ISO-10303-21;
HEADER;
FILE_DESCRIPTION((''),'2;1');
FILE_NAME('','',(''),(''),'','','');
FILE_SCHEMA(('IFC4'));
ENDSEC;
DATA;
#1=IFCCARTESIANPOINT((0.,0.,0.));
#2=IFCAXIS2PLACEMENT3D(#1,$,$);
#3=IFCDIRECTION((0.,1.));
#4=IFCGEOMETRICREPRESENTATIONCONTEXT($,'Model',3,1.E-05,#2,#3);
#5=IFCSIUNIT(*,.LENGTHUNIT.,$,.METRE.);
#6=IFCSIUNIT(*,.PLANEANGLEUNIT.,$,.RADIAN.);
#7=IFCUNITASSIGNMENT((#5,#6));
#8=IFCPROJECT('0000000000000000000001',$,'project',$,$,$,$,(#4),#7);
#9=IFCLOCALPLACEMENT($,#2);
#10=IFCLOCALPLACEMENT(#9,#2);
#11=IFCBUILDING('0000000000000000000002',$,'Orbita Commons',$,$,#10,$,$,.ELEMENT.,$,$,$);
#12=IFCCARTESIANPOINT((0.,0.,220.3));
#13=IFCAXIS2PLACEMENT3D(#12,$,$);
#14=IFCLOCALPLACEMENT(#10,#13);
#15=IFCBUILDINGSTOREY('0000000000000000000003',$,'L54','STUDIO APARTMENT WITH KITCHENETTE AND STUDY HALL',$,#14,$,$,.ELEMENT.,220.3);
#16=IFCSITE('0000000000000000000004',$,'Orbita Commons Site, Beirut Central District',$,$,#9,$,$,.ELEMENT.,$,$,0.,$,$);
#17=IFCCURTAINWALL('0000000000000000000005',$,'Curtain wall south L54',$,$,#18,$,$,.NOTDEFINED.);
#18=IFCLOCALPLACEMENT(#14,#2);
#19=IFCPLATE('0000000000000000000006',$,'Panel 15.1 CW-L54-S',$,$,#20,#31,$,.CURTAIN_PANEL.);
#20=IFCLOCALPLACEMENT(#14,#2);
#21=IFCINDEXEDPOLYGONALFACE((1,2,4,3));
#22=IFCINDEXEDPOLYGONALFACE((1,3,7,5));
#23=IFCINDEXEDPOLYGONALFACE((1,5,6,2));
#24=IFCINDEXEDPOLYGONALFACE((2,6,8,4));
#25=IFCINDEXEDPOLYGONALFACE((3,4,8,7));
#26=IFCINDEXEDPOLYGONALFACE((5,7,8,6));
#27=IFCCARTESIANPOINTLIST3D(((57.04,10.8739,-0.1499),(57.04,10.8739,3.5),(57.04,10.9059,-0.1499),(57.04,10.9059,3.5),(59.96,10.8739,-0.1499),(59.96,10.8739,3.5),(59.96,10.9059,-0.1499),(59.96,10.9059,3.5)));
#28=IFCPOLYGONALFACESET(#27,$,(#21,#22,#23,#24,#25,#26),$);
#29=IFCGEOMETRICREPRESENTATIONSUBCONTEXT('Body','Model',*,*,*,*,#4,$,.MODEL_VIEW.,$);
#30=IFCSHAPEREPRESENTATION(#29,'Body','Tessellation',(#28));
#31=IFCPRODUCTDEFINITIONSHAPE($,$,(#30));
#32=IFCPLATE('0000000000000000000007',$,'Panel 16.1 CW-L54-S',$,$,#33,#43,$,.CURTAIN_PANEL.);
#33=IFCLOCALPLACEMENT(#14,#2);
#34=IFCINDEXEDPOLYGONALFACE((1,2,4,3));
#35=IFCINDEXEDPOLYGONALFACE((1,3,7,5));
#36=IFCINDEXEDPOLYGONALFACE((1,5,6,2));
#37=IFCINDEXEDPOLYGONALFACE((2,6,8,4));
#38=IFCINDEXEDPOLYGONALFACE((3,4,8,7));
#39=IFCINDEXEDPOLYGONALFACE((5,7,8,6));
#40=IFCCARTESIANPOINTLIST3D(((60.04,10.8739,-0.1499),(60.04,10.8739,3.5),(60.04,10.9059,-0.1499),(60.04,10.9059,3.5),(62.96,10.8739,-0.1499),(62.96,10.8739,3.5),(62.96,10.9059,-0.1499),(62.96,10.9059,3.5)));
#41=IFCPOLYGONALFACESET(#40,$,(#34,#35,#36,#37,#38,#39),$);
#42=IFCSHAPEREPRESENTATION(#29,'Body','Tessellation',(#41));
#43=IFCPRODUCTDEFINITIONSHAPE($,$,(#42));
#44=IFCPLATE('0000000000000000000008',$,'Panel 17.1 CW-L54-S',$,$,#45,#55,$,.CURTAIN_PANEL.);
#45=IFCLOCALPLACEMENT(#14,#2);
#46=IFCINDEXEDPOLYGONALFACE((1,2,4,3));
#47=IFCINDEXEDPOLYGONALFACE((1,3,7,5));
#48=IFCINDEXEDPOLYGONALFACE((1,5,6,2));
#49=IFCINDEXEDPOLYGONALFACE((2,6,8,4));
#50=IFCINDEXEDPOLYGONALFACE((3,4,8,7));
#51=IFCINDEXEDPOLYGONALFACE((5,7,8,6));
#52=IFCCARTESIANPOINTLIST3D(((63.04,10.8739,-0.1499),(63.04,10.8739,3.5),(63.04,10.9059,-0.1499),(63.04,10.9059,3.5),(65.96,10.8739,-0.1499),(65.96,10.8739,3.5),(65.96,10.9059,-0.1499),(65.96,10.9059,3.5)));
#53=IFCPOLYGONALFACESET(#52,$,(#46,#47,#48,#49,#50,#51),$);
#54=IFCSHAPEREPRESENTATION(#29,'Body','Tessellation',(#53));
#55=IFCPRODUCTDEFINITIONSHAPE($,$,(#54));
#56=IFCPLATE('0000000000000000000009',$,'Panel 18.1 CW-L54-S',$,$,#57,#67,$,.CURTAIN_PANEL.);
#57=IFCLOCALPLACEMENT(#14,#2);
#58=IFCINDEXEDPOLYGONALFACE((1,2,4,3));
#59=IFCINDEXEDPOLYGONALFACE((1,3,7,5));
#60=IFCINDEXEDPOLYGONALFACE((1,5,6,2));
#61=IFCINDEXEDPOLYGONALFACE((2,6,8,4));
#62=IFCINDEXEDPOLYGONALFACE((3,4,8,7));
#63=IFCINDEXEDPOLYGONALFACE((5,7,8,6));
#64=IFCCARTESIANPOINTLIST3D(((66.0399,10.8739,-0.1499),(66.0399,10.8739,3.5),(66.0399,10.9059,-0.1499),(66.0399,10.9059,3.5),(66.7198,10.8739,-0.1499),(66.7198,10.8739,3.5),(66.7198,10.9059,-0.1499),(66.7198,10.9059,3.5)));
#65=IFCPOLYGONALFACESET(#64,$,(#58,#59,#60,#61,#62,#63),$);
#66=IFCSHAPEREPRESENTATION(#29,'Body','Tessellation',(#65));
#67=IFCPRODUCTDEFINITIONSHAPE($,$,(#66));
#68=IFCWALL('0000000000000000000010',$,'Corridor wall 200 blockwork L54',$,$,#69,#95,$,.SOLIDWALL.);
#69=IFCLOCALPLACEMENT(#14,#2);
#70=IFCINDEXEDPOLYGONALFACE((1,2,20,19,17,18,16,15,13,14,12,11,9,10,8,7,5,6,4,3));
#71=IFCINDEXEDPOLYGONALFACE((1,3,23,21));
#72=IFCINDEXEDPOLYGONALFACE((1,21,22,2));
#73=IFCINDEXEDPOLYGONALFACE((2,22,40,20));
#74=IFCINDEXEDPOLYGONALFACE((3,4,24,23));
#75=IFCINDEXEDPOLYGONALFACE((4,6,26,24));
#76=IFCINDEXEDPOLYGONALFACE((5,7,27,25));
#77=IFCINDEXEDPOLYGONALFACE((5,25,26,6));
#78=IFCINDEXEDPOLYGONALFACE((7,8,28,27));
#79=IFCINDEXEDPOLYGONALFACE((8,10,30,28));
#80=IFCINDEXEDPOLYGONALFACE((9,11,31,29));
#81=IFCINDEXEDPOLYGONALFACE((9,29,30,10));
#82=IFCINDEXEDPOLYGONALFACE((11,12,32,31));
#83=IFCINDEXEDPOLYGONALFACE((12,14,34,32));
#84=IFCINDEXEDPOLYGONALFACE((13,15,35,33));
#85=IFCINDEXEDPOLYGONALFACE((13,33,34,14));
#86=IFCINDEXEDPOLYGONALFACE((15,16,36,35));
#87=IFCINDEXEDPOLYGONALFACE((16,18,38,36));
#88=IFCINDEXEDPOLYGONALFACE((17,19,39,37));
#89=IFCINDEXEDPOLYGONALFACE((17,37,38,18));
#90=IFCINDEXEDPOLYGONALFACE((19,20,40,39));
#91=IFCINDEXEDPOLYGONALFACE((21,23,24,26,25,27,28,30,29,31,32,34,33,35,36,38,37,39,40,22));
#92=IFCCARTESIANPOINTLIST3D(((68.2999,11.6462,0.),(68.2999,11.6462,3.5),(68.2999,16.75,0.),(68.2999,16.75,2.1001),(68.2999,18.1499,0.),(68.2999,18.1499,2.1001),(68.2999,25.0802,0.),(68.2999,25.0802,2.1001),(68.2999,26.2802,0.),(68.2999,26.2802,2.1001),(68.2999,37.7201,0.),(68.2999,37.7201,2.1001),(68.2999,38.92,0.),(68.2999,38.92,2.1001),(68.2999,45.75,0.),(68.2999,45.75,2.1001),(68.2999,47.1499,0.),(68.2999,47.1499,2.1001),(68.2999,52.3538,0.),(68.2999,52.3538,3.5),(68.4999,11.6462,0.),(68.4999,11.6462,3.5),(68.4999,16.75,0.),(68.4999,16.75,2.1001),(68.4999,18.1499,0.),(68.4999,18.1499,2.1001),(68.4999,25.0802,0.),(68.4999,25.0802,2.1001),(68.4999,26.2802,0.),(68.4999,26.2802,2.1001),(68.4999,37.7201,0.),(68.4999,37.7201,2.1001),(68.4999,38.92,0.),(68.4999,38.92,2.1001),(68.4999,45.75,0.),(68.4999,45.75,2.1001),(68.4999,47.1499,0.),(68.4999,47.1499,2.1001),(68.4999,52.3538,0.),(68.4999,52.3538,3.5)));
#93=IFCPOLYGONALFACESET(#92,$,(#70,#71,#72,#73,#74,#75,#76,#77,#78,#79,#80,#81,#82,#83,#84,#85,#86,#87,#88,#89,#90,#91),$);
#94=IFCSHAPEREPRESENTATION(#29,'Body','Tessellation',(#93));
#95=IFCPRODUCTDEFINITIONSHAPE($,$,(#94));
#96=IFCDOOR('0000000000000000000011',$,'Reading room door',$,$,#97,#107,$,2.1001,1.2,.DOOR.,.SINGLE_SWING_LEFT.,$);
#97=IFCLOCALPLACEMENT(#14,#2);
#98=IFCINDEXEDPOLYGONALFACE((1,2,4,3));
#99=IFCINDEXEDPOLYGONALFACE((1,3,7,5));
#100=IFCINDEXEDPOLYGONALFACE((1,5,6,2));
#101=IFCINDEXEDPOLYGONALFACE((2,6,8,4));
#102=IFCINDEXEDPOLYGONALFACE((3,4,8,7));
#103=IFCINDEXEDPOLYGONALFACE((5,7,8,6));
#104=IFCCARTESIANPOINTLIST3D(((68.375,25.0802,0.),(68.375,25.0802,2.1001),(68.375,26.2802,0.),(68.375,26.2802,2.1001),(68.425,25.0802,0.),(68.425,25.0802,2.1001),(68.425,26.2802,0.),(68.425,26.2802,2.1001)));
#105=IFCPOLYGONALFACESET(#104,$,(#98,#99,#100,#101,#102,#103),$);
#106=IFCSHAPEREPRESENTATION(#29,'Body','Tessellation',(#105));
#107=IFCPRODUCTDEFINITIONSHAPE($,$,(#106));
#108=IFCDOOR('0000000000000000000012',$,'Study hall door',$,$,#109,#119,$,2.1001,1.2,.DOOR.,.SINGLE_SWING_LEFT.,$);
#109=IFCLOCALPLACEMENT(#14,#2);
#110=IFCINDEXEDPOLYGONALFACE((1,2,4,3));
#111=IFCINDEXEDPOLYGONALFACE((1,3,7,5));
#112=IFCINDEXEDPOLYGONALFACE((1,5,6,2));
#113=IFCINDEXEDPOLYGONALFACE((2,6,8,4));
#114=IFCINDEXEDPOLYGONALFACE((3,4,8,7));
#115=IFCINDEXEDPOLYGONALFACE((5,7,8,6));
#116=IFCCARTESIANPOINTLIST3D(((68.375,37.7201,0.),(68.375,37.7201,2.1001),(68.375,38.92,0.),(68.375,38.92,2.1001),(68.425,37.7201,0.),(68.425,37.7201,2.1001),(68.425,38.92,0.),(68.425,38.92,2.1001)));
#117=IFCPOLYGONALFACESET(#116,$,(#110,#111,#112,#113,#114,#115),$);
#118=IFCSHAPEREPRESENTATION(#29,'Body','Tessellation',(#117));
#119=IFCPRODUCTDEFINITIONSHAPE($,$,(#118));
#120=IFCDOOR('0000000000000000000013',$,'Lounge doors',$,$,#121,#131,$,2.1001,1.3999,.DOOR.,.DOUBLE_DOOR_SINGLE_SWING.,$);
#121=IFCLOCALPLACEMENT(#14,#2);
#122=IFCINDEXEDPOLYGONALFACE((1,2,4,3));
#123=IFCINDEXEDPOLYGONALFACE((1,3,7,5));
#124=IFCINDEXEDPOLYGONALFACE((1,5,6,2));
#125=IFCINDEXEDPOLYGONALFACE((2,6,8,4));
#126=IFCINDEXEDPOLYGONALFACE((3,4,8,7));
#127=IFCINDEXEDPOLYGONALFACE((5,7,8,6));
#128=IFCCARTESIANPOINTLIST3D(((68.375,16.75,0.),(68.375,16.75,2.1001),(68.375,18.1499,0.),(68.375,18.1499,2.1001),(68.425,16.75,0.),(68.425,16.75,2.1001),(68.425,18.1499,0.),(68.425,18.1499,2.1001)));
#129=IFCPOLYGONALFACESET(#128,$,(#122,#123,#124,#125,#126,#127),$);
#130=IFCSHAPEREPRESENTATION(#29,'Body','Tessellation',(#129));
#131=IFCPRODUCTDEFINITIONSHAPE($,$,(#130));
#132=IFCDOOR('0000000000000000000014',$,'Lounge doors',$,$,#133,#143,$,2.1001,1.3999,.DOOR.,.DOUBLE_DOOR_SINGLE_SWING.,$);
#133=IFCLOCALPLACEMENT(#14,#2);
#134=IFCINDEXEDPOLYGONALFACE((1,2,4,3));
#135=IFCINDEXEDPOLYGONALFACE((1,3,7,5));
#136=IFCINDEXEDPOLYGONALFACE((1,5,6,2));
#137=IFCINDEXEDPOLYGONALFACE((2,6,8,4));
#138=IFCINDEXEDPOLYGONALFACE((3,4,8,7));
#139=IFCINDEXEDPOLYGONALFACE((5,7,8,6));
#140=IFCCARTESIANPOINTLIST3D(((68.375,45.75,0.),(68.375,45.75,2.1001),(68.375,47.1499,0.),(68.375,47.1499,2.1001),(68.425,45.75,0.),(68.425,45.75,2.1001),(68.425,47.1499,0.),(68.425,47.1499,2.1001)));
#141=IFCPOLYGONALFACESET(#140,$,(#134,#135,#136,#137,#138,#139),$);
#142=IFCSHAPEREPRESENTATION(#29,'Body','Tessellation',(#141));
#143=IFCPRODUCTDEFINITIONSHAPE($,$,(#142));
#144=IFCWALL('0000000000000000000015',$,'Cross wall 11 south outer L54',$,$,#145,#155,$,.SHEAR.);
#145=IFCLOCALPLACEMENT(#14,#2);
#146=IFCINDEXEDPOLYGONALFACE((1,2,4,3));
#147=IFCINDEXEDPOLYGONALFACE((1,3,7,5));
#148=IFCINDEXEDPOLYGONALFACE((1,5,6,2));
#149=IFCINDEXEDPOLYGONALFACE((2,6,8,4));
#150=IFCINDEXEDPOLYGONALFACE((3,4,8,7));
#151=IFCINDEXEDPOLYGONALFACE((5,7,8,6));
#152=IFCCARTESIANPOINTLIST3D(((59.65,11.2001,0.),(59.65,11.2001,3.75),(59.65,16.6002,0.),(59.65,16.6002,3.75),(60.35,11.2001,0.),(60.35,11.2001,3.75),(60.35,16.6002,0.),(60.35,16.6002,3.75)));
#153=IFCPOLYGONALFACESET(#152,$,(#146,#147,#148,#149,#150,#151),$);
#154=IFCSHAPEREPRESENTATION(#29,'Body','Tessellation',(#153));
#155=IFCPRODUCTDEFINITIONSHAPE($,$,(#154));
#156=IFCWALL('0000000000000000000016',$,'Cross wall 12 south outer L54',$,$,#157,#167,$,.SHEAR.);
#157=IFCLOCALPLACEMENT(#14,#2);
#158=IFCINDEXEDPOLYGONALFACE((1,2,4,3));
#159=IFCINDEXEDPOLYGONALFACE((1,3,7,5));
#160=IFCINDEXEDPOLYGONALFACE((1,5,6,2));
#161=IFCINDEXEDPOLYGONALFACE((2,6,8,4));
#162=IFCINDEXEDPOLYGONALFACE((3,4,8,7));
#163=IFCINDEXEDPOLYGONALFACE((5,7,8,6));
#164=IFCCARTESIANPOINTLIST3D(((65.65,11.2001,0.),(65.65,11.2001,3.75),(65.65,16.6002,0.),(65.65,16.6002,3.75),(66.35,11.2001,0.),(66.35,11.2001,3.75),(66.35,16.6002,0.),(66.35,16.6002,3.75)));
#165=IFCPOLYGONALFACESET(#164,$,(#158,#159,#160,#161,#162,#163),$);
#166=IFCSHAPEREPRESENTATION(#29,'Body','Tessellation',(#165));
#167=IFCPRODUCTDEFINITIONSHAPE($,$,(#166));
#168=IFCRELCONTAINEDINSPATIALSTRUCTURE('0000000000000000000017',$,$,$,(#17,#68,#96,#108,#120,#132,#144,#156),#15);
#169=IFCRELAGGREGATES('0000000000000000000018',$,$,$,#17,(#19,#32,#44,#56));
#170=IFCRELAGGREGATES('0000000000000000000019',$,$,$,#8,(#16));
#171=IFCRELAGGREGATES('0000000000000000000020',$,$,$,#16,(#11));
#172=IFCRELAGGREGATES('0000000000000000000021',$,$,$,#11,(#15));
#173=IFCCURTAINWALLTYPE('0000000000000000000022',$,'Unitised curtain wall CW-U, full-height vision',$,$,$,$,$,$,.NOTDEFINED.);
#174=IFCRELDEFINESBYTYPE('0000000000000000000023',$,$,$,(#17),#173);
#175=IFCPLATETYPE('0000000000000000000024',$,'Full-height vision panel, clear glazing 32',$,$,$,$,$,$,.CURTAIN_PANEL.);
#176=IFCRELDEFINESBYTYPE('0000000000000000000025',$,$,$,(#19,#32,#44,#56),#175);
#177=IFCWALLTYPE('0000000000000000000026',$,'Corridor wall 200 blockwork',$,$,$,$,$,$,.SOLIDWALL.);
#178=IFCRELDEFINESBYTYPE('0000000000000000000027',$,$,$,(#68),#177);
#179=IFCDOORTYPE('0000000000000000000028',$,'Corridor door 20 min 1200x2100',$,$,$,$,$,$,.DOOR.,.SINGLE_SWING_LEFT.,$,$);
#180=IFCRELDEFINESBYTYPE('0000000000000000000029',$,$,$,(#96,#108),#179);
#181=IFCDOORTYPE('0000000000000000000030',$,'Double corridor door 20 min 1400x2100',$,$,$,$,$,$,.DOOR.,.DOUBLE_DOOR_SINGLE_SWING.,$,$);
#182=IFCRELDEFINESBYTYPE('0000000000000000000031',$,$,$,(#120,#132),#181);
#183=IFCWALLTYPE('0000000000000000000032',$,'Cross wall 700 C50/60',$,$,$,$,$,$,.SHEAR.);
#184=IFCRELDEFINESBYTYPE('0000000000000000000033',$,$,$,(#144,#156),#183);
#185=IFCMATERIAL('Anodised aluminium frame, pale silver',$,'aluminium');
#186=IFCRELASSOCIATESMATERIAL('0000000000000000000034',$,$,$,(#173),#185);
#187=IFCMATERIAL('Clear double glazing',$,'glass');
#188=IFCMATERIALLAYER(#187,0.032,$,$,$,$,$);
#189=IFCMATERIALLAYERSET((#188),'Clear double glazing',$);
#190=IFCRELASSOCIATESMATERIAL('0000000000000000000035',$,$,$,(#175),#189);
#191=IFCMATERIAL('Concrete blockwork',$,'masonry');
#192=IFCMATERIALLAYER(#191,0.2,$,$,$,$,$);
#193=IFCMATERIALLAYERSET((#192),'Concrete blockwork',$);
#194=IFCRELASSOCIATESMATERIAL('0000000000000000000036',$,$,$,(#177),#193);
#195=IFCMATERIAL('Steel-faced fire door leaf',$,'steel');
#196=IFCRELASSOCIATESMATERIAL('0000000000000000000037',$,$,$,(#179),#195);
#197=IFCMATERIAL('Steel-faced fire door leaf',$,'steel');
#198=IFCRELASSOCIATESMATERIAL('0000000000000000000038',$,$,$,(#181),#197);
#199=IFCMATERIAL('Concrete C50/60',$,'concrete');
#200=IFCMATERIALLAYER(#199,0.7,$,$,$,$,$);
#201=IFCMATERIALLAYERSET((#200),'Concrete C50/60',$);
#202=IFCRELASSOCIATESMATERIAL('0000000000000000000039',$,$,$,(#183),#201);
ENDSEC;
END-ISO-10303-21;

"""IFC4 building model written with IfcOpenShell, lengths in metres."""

from ifc_helpers import new_model, si_unit, direction, frame, frame_2d, origin, origin_2d, place, context, subcontext, project, spatial, rectangle, extrude, material, layer, layer_set, type_object, element, fill, aggregate, save


model = new_model("IFC4")

# Units and contexts
model_context = context("Model", 3, precision=1e-05, world=origin(), true_north=direction((0.0, 1.0)))
body_context = subcontext(model_context, "Body", "Model", "MODEL_VIEW")
ifc_project = project(units=[si_unit("LENGTHUNIT", "METRE"), si_unit("PLANEANGLEUNIT", "RADIAN")], contexts=[model_context])

# Site, building, storey
site_placement = place(None, origin())
site = spatial("IfcSite", under=ifc_project, at=site_placement, Name="Orbita Commons Site, Beirut Central District", CompositionType="ELEMENT", RefElevation=0.0)
building_placement = place(site_placement, origin())
building = spatial("IfcBuilding", under=site, at=building_placement, Name="Orbita Commons", CompositionType="ELEMENT")
storey_placement = place(building_placement, frame((0.0, 0.0, 220.3)))
storey = spatial("IfcBuildingStorey", under=building, at=storey_placement, Name="L54", Description="STUDIO APARTMENT WITH KITCHENETTE AND STUDY HALL", CompositionType="ELEMENT", Elevation=220.3)

# Curtain wall
ifc_material_1 = material(Name="Anodised aluminium frame, pale silver", Category="aluminium")
curtain_wall_type = type_object("IfcCurtainWallType", Name="Unitised curtain wall CW-U, full-height vision", PredefinedType="NOTDEFINED", material=ifc_material_1)
curtain_wall_placement = place(storey_placement, origin())
curtain_wall = element("IfcCurtainWall", 1, at=curtain_wall_placement, inside=storey, type_object=curtain_wall_type, Name="Curtain wall south L54", PredefinedType="NOTDEFINED")

# Plates
ifc_material_2 = material(Name="Clear double glazing", Category="glass")
ifc_layer_1 = layer(ifc_material_2, 0.032)
ifc_layer_set_1 = layer_set([ifc_layer_1], Name="Clear double glazing")
plate_type = type_object("IfcPlateType", Name="Full-height vision panel, clear glazing 32", PredefinedType="CURTAIN_PANEL", material=ifc_layer_set_1)
plate_1_placement = place(storey_placement, frame((58.5, 10.8899, -0.1499), z_axis=(0.0, 0.0, 1.0), x_axis=(1.0, 0.0, 0.0)))
plate_1 = element("IfcPlate", 2, at=plate_1_placement, type_object=plate_type, Name="Panel 15.1 CW-L54-S", PredefinedType="CURTAIN_PANEL", context=body_context, shape_type="SweptSolid", body=[
    extrude(rectangle(XDim=2.9199, YDim=0.032, at=origin_2d()), origin(), (0.0, 0.0, 1.0), 3.6499),
])
plate_2_placement = place(storey_placement, frame((61.5, 10.8899, -0.1499), z_axis=(0.0, 0.0, 1.0), x_axis=(1.0, 0.0, 0.0)))
plate_2 = element("IfcPlate", 3, at=plate_2_placement, type_object=plate_type, Name="Panel 16.1 CW-L54-S", PredefinedType="CURTAIN_PANEL", context=body_context, shape_type="SweptSolid", body=[
    extrude(rectangle(XDim=2.9199, YDim=0.032, at=origin_2d()), origin(), (0.0, 0.0, 1.0), 3.6499),
])
plate_3_placement = place(storey_placement, frame((64.5, 10.8899, -0.1499), z_axis=(0.0, 0.0, 1.0), x_axis=(1.0, 0.0, 0.0)))
plate_3 = element("IfcPlate", 4, at=plate_3_placement, type_object=plate_type, Name="Panel 17.1 CW-L54-S", PredefinedType="CURTAIN_PANEL", context=body_context, shape_type="SweptSolid", body=[
    extrude(rectangle(XDim=2.9199, YDim=0.032, at=origin_2d()), origin(), (0.0, 0.0, 1.0), 3.6499),
])
plate_4_placement = place(storey_placement, frame((66.3799, 10.8899, -0.1499), z_axis=(0.0, 0.0, 1.0), x_axis=(1.0, 0.0, 0.0)))
plate_4 = element("IfcPlate", 5, at=plate_4_placement, type_object=plate_type, Name="Panel 18.1 CW-L54-S", PredefinedType="CURTAIN_PANEL", context=body_context, shape_type="SweptSolid", body=[
    extrude(rectangle(XDim=0.6799, YDim=0.032, at=origin_2d()), origin(), (0.0, 0.0, 1.0), 3.6499),
])
aggregate(curtain_wall, [plate_1, plate_2, plate_3, plate_4])

# Wall, openings, doors
ifc_material_3 = material(Name="Concrete blockwork", Category="masonry")
ifc_layer_2 = layer(ifc_material_3, 0.2)
ifc_layer_set_2 = layer_set([ifc_layer_2], Name="Concrete blockwork")
wall_type_1 = type_object("IfcWallType", Name="Corridor wall 200 blockwork", PredefinedType="SOLIDWALL", material=ifc_layer_set_2)
wall_1_placement = place(storey_placement, frame((68.3999, 11.6462, 0.0), z_axis=(0.0, 0.0, 1.0), x_axis=(0.0, 1.0, 0.0)))
wall_1 = element("IfcWall", 6, at=wall_1_placement, inside=storey, type_object=wall_type_1, Name="Corridor wall 200 blockwork L54", PredefinedType="SOLIDWALL", context=body_context, shape_type="SweptSolid", body=[
    extrude(rectangle(XDim=40.7075, YDim=0.2, at=frame_2d((20.3538, 0.0))), origin(), (0.0, 0.0, 1.0), 3.5),
])
opening_1_placement = place(wall_1_placement, frame((13.4338, 0.0, 0.0)))
opening_1 = element("IfcOpeningElement", 7, at=opening_1_placement, cuts=wall_1, PredefinedType="OPENING", context=body_context, shape_type="SweptSolid", body=[
    extrude(rectangle(XDim=1.2, YDim=2.1001, at=frame_2d((0.6001, 1.05))), frame((0.0, 0.1099, 0.0), z_axis=(0.0, -1.0, 0.0), x_axis=(1.0, 0.0, 0.0)), (0.0, 0.0, 1.0), 0.22),
])
opening_2_placement = place(wall_1_placement, frame((26.0737, 0.0, 0.0)))
opening_2 = element("IfcOpeningElement", 8, at=opening_2_placement, cuts=wall_1, PredefinedType="OPENING", context=body_context, shape_type="SweptSolid", body=[
    extrude(rectangle(XDim=1.2, YDim=2.1001, at=frame_2d((0.6001, 1.05))), frame((0.0, 0.1099, 0.0), z_axis=(0.0, -1.0, 0.0), x_axis=(1.0, 0.0, 0.0)), (0.0, 0.0, 1.0), 0.22),
])
opening_3_placement = place(wall_1_placement, frame((5.1038, 0.0, 0.0)))
opening_3 = element("IfcOpeningElement", 9, at=opening_3_placement, cuts=wall_1, PredefinedType="OPENING", context=body_context, shape_type="SweptSolid", body=[
    extrude(rectangle(XDim=1.3999, YDim=2.1001, at=frame_2d((0.7, 1.05))), frame((0.0, 0.1099, 0.0), z_axis=(0.0, -1.0, 0.0), x_axis=(1.0, 0.0, 0.0)), (0.0, 0.0, 1.0), 0.22),
])
opening_4_placement = place(wall_1_placement, frame((34.1038, 0.0, 0.0)))
opening_4 = element("IfcOpeningElement", 10, at=opening_4_placement, cuts=wall_1, PredefinedType="OPENING", context=body_context, shape_type="SweptSolid", body=[
    extrude(rectangle(XDim=1.3999, YDim=2.1001, at=frame_2d((0.7, 1.05))), frame((0.0, 0.1099, 0.0), z_axis=(0.0, -1.0, 0.0), x_axis=(1.0, 0.0, 0.0)), (0.0, 0.0, 1.0), 0.22),
])
ifc_material_4 = material(Name="Steel-faced fire door leaf", Category="steel")
door_type_1 = type_object("IfcDoorType", Name="Corridor door 20 min 1200x2100", OperationType="SINGLE_SWING_LEFT", PredefinedType="DOOR", material=ifc_material_4)
door_1_placement = place(opening_1_placement, origin())
door_1 = element("IfcDoor", 11, at=door_1_placement, inside=storey, type_object=door_type_1, Name="Reading room door", OperationType="SINGLE_SWING_LEFT", OverallHeight=2.1001, OverallWidth=1.2, PredefinedType="DOOR", context=body_context, shape_type="SweptSolid", body=[
    extrude(rectangle(XDim=1.2, YDim=2.1001, at=frame_2d((0.6001, 1.05))), frame((0.0, 0.0249, 0.0), z_axis=(0.0, -1.0, 0.0), x_axis=(1.0, 0.0, 0.0)), (0.0, 0.0, 1.0), 0.05),
])
fill(opening_1, door_1)
door_2_placement = place(opening_2_placement, origin())
door_2 = element("IfcDoor", 12, at=door_2_placement, inside=storey, type_object=door_type_1, Name="Study hall door", OperationType="SINGLE_SWING_LEFT", OverallHeight=2.1001, OverallWidth=1.2, PredefinedType="DOOR", context=body_context, shape_type="SweptSolid", body=[
    extrude(rectangle(XDim=1.2, YDim=2.1001, at=frame_2d((0.6001, 1.05))), frame((0.0, 0.0249, 0.0), z_axis=(0.0, -1.0, 0.0), x_axis=(1.0, 0.0, 0.0)), (0.0, 0.0, 1.0), 0.05),
])
fill(opening_2, door_2)
ifc_material_5 = material(Name="Steel-faced fire door leaf", Category="steel")
door_type_2 = type_object("IfcDoorType", Name="Double corridor door 20 min 1400x2100", OperationType="DOUBLE_DOOR_SINGLE_SWING", PredefinedType="DOOR", material=ifc_material_5)
door_3_placement = place(opening_3_placement, origin())
door_3 = element("IfcDoor", 13, at=door_3_placement, inside=storey, type_object=door_type_2, Name="Lounge doors", OperationType="DOUBLE_DOOR_SINGLE_SWING", OverallHeight=2.1001, OverallWidth=1.3999, PredefinedType="DOOR", context=body_context, shape_type="SweptSolid", body=[
    extrude(rectangle(XDim=1.3999, YDim=2.1001, at=frame_2d((0.7, 1.05))), frame((0.0, 0.0249, 0.0), z_axis=(0.0, -1.0, 0.0), x_axis=(1.0, 0.0, 0.0)), (0.0, 0.0, 1.0), 0.05),
])
fill(opening_3, door_3)
door_4_placement = place(opening_4_placement, origin())
door_4 = element("IfcDoor", 14, at=door_4_placement, inside=storey, type_object=door_type_2, Name="Lounge doors", OperationType="DOUBLE_DOOR_SINGLE_SWING", OverallHeight=2.1001, OverallWidth=1.3999, PredefinedType="DOOR", context=body_context, shape_type="SweptSolid", body=[
    extrude(rectangle(XDim=1.3999, YDim=2.1001, at=frame_2d((0.7, 1.05))), frame((0.0, 0.0249, 0.0), z_axis=(0.0, -1.0, 0.0), x_axis=(1.0, 0.0, 0.0)), (0.0, 0.0, 1.0), 0.05),
])
fill(opening_4, door_4)

# Walls
ifc_material_6 = material(Name="Concrete C50/60", Category="concrete")
ifc_layer_3 = layer(ifc_material_6, 0.7)
ifc_layer_set_3 = layer_set([ifc_layer_3], Name="Concrete C50/60")
wall_type_2 = type_object("IfcWallType", Name="Cross wall 700 C50/60", PredefinedType="SHEAR", material=ifc_layer_set_3)
for number, where, z_axis, x_axis, name in (
    (15, (60.0, 11.2, 0.0), (0.0, 0.0, 1.0), (0.0, 1.0, 0.0), "Cross wall 11 south outer L54"),
    (16, (66.0, 11.2, 0.0), (0.0, 0.0, 1.0), (0.0, 1.0, 0.0), "Cross wall 12 south outer L54"),
):
    element("IfcWall", number, at=place(storey_placement, frame(where, z_axis=z_axis, x_axis=x_axis)), inside=storey, type_object=wall_type_2, Name=name, PredefinedType="SHEAR", context=body_context, shape_type="SweptSolid", body=[
        extrude(rectangle(XDim=5.4001, YDim=0.7, at=frame_2d((2.7002, 0.0))), origin(), (0.0, 0.0, 1.0), 3.75),
    ])

save(model, "model.ifc")
